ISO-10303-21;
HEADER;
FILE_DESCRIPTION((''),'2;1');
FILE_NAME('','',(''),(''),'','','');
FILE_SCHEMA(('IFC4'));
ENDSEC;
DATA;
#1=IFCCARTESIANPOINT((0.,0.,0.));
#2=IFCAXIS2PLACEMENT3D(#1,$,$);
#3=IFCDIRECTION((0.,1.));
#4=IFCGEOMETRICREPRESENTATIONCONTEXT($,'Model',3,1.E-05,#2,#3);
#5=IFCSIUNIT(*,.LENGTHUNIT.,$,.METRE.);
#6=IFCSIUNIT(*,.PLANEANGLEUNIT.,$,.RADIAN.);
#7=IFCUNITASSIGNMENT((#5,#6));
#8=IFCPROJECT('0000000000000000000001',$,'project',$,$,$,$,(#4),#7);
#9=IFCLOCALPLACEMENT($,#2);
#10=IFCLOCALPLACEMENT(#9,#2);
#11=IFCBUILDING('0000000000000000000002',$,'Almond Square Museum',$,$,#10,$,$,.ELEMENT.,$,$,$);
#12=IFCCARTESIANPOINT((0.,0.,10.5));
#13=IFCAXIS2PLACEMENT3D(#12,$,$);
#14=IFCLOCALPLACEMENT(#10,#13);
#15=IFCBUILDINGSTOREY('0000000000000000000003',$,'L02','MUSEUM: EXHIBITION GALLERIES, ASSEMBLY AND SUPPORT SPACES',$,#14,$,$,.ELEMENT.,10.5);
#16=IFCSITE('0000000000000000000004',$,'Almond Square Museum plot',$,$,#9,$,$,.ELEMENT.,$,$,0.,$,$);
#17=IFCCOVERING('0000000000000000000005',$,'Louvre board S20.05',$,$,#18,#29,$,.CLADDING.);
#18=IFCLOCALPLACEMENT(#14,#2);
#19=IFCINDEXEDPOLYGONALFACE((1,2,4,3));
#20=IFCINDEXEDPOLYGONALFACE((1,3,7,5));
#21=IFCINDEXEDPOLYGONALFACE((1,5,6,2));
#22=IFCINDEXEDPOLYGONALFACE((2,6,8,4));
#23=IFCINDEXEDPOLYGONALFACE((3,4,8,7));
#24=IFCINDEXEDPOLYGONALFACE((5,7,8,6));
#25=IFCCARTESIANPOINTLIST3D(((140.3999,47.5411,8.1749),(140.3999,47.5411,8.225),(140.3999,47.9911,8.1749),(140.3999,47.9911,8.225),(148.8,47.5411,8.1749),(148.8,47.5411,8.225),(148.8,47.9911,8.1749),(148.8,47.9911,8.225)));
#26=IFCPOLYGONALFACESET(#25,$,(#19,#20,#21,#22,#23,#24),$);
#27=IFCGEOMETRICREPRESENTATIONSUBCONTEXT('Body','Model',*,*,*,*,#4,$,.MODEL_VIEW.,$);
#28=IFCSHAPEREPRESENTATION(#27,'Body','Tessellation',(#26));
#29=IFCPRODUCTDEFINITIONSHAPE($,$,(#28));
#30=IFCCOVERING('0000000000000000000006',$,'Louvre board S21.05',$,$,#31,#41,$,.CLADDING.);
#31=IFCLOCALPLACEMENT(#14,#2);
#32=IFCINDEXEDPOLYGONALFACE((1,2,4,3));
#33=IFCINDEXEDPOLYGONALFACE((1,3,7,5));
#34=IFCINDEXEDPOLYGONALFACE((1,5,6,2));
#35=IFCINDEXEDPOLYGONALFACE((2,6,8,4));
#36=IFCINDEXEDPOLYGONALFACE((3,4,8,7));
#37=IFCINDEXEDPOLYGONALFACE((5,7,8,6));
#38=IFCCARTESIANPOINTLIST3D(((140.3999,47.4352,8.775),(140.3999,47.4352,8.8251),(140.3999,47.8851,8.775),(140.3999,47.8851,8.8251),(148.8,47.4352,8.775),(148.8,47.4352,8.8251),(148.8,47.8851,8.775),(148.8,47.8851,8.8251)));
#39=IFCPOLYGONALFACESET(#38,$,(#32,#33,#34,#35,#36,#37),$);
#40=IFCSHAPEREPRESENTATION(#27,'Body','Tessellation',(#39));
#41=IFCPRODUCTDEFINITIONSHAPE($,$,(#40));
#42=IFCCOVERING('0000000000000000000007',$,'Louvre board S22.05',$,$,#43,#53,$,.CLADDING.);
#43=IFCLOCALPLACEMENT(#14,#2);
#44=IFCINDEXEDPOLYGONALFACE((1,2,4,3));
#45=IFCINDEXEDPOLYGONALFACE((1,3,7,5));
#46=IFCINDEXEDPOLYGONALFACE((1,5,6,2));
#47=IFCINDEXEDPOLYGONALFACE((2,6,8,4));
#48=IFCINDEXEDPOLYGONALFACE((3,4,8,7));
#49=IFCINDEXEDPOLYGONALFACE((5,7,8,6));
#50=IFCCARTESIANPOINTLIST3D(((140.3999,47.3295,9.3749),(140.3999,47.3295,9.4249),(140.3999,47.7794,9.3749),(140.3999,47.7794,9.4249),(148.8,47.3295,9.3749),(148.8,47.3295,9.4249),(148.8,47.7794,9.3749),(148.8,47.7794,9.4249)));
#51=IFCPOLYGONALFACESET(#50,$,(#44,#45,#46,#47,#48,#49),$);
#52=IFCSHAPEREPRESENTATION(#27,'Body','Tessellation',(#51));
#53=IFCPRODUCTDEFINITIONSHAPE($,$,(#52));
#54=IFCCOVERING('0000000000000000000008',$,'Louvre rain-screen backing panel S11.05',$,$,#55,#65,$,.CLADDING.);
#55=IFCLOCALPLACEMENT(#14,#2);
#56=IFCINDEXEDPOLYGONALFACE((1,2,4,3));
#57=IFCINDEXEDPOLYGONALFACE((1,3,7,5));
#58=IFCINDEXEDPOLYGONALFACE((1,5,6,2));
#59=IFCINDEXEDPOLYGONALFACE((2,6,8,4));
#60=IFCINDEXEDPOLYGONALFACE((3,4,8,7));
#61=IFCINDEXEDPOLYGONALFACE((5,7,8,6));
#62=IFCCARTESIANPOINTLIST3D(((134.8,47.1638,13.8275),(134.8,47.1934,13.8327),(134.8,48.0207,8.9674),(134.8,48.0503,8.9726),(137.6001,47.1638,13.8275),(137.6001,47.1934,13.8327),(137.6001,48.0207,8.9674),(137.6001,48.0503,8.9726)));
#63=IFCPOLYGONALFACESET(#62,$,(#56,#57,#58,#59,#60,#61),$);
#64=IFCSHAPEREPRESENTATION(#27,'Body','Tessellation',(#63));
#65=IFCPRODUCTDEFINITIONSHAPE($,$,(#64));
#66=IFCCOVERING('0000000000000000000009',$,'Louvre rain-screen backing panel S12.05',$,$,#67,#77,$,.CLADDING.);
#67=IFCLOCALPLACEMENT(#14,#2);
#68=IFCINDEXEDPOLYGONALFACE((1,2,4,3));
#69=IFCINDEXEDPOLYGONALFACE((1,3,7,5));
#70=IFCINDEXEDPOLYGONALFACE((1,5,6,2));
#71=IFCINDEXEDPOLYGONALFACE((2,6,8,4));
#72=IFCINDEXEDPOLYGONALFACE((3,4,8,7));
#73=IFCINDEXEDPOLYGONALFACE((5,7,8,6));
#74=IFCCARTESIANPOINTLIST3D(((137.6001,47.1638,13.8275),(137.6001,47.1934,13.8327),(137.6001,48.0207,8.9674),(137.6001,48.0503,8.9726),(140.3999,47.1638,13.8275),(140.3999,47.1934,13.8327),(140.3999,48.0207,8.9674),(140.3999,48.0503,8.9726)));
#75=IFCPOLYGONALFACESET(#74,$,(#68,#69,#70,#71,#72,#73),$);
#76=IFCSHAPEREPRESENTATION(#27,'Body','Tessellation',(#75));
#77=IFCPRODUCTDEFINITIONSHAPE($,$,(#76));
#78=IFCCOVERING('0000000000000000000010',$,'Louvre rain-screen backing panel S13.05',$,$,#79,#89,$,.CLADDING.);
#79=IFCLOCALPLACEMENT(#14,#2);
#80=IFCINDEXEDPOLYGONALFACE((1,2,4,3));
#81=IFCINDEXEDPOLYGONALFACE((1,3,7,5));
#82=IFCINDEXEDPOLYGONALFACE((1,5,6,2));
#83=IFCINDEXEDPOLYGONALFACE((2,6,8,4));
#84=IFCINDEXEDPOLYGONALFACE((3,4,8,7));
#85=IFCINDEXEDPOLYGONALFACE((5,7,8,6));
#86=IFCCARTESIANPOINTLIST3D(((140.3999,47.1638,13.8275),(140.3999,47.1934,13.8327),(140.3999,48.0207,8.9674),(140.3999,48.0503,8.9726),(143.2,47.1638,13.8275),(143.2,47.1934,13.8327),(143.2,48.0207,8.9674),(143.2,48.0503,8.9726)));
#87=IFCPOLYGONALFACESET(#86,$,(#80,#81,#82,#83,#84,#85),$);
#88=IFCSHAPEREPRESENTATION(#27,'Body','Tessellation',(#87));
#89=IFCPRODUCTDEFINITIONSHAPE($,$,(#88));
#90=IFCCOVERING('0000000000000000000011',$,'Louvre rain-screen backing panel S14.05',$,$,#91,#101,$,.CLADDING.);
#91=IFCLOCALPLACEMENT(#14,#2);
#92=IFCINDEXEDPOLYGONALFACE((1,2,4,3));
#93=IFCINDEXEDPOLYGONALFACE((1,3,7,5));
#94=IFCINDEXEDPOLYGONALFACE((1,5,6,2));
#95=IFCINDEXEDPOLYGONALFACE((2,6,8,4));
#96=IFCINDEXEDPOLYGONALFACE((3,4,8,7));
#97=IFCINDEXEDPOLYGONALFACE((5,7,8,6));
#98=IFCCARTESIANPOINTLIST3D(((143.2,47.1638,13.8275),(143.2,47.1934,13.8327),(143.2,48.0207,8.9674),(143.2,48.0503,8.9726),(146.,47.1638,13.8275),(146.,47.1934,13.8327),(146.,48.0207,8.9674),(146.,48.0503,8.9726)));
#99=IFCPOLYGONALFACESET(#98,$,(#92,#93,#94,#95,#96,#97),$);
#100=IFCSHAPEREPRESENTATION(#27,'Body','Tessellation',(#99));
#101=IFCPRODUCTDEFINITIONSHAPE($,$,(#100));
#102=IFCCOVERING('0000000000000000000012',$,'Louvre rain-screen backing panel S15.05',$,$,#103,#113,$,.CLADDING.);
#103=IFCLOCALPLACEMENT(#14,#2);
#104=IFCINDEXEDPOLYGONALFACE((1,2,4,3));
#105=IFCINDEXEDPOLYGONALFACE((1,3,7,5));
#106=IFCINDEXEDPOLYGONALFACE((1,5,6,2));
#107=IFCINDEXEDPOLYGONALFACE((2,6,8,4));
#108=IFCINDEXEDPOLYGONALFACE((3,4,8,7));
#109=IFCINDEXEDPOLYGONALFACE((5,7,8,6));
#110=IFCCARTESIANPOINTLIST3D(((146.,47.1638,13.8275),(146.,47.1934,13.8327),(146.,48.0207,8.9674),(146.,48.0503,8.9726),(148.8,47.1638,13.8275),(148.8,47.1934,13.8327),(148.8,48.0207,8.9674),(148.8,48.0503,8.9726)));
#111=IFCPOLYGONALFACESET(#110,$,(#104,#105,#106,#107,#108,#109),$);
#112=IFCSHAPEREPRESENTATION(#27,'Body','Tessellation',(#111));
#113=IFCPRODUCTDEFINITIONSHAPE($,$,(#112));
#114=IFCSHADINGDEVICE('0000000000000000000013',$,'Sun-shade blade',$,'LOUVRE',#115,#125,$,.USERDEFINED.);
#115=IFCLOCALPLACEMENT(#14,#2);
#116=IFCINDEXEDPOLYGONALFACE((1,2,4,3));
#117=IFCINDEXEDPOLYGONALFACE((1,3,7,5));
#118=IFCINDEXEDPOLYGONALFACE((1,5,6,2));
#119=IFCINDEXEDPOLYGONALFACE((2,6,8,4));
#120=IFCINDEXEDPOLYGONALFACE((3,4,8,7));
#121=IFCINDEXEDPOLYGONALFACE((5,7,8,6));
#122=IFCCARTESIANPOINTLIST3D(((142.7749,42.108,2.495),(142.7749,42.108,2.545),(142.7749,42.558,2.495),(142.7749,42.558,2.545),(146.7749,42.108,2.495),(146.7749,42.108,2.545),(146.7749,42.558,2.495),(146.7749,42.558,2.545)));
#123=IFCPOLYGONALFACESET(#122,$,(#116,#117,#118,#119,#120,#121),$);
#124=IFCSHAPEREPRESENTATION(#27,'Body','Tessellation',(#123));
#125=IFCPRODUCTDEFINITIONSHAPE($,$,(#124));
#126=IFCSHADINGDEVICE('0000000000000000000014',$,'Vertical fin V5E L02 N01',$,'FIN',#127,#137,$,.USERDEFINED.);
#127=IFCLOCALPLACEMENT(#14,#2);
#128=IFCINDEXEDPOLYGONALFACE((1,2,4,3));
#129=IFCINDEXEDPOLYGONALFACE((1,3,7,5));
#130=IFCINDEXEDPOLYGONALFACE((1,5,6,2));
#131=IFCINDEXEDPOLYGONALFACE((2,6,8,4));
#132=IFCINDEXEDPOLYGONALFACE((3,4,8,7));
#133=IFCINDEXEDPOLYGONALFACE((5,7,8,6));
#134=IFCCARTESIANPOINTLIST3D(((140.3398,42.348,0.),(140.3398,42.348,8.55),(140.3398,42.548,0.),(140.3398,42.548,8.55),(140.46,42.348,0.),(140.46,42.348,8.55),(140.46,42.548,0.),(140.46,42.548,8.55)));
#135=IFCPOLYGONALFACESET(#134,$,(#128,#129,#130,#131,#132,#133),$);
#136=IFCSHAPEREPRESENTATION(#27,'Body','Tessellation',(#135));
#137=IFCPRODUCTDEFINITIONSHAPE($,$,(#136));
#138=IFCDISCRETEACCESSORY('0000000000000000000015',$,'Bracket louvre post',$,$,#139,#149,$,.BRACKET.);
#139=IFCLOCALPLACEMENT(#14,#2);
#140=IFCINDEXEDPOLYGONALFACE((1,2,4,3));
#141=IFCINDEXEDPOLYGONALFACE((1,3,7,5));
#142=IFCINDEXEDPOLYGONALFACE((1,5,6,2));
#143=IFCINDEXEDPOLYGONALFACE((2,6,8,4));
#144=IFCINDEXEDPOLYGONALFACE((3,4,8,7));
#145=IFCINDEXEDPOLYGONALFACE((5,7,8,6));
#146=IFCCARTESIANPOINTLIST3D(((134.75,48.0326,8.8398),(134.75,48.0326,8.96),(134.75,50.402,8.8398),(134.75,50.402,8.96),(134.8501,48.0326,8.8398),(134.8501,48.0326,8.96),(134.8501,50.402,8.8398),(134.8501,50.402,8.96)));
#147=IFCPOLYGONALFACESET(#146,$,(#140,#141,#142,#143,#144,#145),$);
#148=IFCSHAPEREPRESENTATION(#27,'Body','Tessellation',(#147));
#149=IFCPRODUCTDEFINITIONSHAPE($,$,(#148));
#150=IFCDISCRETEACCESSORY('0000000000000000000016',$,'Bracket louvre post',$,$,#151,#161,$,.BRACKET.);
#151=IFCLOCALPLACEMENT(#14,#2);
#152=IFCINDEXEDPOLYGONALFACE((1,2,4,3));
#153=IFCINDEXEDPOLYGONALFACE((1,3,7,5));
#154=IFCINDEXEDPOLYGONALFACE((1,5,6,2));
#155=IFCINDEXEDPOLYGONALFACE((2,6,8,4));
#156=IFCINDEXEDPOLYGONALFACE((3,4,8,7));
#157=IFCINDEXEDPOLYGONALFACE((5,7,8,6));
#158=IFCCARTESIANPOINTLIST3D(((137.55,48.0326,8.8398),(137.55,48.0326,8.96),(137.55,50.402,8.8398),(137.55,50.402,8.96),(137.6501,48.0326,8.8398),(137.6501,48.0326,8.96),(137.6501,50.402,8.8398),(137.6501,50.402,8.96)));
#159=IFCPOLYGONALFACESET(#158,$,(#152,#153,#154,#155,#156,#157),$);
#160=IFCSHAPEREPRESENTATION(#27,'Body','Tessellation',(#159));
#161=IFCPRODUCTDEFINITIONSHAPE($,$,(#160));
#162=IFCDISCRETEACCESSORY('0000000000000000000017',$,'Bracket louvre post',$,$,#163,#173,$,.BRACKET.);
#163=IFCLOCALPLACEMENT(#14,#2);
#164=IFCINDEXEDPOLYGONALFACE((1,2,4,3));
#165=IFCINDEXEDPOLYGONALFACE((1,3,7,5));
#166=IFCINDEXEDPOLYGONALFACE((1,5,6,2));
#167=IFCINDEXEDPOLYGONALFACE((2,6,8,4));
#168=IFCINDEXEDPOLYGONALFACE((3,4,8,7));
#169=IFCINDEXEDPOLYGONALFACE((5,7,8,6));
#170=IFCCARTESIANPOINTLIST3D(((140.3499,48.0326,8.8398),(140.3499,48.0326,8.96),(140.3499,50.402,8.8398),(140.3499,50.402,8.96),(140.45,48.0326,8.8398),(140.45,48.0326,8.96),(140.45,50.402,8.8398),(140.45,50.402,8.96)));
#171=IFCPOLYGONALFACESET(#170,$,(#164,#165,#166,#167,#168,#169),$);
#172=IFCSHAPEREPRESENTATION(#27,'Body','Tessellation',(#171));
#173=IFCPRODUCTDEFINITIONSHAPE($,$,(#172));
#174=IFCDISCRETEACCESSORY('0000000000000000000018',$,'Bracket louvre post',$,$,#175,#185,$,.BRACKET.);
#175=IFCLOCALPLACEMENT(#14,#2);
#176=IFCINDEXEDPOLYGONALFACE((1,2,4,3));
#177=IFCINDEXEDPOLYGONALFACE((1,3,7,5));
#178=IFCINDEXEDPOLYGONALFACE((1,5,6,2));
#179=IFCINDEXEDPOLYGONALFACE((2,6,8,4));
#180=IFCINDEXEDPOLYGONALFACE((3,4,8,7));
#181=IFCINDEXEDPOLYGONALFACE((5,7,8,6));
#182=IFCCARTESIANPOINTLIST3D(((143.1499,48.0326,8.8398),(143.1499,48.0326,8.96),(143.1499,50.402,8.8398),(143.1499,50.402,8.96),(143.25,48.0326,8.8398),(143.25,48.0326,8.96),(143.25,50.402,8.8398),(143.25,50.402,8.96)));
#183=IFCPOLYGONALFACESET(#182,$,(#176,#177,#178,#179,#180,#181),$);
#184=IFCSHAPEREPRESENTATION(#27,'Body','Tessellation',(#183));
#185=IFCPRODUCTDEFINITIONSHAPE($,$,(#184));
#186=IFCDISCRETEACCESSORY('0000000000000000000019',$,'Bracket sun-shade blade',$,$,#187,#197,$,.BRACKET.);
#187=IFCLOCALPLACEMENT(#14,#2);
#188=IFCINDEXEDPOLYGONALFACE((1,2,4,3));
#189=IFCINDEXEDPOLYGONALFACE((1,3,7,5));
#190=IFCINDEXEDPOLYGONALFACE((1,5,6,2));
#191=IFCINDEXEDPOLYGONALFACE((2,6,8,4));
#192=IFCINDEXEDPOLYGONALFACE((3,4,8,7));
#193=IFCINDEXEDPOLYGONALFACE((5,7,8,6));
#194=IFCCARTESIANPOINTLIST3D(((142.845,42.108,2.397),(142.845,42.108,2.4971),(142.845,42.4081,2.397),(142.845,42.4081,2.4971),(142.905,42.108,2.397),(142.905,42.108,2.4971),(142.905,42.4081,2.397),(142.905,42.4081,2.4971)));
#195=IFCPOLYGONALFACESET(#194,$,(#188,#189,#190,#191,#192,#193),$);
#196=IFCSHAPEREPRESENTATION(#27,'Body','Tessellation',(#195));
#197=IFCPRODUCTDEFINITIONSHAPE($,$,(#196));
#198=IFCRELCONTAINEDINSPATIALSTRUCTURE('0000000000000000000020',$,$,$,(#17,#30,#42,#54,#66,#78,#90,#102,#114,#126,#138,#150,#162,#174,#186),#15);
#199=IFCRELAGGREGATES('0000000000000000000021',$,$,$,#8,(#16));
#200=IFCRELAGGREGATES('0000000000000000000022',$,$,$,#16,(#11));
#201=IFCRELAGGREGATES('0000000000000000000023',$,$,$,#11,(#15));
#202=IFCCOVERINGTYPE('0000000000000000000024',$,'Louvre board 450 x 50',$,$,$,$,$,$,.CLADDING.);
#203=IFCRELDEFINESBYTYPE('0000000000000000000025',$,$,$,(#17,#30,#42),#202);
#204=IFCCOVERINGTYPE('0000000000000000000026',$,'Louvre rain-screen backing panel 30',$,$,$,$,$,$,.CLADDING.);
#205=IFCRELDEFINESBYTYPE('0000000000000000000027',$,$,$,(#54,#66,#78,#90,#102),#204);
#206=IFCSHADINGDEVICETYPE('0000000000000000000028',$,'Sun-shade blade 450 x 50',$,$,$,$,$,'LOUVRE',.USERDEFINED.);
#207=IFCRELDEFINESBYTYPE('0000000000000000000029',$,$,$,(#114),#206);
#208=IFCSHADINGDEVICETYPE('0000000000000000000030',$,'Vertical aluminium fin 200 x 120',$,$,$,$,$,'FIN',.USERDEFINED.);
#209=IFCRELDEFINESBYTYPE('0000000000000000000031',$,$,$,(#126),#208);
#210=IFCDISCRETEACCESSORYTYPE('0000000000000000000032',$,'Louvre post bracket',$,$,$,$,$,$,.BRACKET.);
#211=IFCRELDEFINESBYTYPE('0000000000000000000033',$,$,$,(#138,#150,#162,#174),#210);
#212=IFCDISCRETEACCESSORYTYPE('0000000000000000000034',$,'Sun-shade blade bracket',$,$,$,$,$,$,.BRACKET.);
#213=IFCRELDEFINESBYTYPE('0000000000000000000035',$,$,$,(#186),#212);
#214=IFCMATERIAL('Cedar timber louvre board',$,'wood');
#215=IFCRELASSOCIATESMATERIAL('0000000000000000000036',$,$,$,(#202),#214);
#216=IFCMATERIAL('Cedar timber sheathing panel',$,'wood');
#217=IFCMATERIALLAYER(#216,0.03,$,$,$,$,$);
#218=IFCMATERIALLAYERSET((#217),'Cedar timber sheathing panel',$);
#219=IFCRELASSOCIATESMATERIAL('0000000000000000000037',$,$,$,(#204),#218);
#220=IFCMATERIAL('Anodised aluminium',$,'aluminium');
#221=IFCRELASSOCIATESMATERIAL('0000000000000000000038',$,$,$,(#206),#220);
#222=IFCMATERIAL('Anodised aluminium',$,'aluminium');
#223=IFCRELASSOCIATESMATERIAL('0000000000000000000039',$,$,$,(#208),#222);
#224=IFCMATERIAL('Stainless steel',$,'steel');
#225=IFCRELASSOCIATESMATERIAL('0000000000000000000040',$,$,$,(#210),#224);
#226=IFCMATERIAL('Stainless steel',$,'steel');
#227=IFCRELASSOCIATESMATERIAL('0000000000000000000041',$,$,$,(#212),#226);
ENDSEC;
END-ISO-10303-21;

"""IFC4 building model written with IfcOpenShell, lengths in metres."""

from ifc_helpers import new_model, si_unit, direction, frame, origin, origin_2d, place, context, subcontext, project, spatial, polyline, rectangle, outline, extrude, material, layer, layer_set, material_profile, profile_set, type_object, element, save


model = new_model("IFC4")

# Units and contexts
model_context = context("Model", 3, precision=1e-05, world=origin(), true_north=direction((0.0, 1.0)))
body_context = subcontext(model_context, "Body", "Model", "MODEL_VIEW")
ifc_project = project(units=[si_unit("LENGTHUNIT", "METRE"), si_unit("PLANEANGLEUNIT", "RADIAN")], contexts=[model_context])

# Site, building, storey
site_placement = place(None, origin())
site = spatial("IfcSite", under=ifc_project, at=site_placement, Name="Almond Square Museum plot", CompositionType="ELEMENT", RefElevation=0.0)
building_placement = place(site_placement, origin())
building = spatial("IfcBuilding", under=site, at=building_placement, Name="Almond Square Museum", CompositionType="ELEMENT")
storey_placement = place(building_placement, frame((0.0, 0.0, 10.5)))
storey = spatial("IfcBuildingStorey", under=building, at=storey_placement, Name="L02", Description="MUSEUM: EXHIBITION GALLERIES, ASSEMBLY AND SUPPORT SPACES", CompositionType="ELEMENT", Elevation=10.5)

# Coverings
ifc_material_1 = material(Name="Cedar timber louvre board", Category="wood")
ifc_material_profile_1 = material_profile(ifc_material_1, rectangle(XDim=0.45, YDim=0.05, at=origin_2d()))
ifc_profile_set_1 = profile_set([ifc_material_profile_1], Name="Cedar timber louvre board")
covering_type_1 = type_object("IfcCoveringType", Name="Louvre board 450 x 50", PredefinedType="CLADDING", material=ifc_profile_set_1)
for number, where, z_axis, x_axis, name in (
    (1, (140.3999, 47.7661, 8.2), (1.0, 0.0, 0.0), (0.0, 1.0, 0.0), "Louvre board S20.05"),
    (2, (140.3999, 47.6602, 8.8), (1.0, 0.0, 0.0), (0.0, 1.0, 0.0), "Louvre board S21.05"),
    (3, (140.3999, 47.5544, 9.3999), (1.0, 0.0, 0.0), (0.0, 1.0, 0.0), "Louvre board S22.05"),
):
    element("IfcCovering", number, at=place(storey_placement, frame(where, z_axis=z_axis, x_axis=x_axis)), inside=storey, type_object=covering_type_1, Name=name, PredefinedType="CLADDING", context=body_context, shape_type="SweptSolid", body=[
        extrude(rectangle(XDim=0.45, YDim=0.05, at=origin_2d()), origin(), (0.0, 0.0, 1.0), 8.4001),
    ])
ifc_material_2 = material(Name="Cedar timber sheathing panel", Category="wood")
ifc_layer_1 = layer(ifc_material_2, 0.03)
ifc_layer_set_1 = layer_set([ifc_layer_1], Name="Cedar timber sheathing panel")
covering_type_2 = type_object("IfcCoveringType", Name="Louvre rain-screen backing panel 30", PredefinedType="CLADDING", material=ifc_layer_set_1)
covering_1_placement = place(storey_placement, frame((134.8, 48.0354, 8.97), z_axis=(0.0, -0.984809, -0.173641), x_axis=(1.0, 0.0, 0.0)))
element("IfcCovering", 4, at=covering_1_placement, inside=storey, type_object=covering_type_2, Name="Louvre rain-screen backing panel S11.05", PredefinedType="CLADDING", context=body_context, shape_type="SweptSolid", body=[
    extrude(outline(polyline([(0.0, 0.0), (2.8, 0.0), (2.8, 4.9351), (0.0, 4.9351), (0.0, 0.0)])), frame((0.0, 0.0, -0.0151)), (0.0, 0.0, 1.0), 0.03),
])
covering_2_placement = place(storey_placement, frame((137.6001, 48.0354, 8.97), z_axis=(0.0, -0.984809, -0.173641), x_axis=(1.0, 0.0, 0.0)))
element("IfcCovering", 5, at=covering_2_placement, inside=storey, type_object=covering_type_2, Name="Louvre rain-screen backing panel S12.05", PredefinedType="CLADDING", context=body_context, shape_type="SweptSolid", body=[
    extrude(outline(polyline([(0.0, 0.0), (2.7998, 0.0), (2.7998, 4.9351), (0.0, 4.9351), (0.0, 0.0)])), frame((0.0, 0.0, -0.0151)), (0.0, 0.0, 1.0), 0.03),
])
for number, where, z_axis, x_axis, name in (
    (6, (140.3999, 48.0354, 8.97), (0.0, -0.984809, -0.173641), (1.0, 0.0, 0.0), "Louvre rain-screen backing panel S13.05"),
    (7, (143.2, 48.0354, 8.97), (0.0, -0.984809, -0.173641), (1.0, 0.0, 0.0), "Louvre rain-screen backing panel S14.05"),
    (8, (146.0, 48.0354, 8.97), (0.0, -0.984809, -0.173641), (1.0, 0.0, 0.0), "Louvre rain-screen backing panel S15.05"),
):
    element("IfcCovering", number, at=place(storey_placement, frame(where, z_axis=z_axis, x_axis=x_axis)), inside=storey, type_object=covering_type_2, Name=name, PredefinedType="CLADDING", context=body_context, shape_type="SweptSolid", body=[
        extrude(outline(polyline([(0.0, 0.0), (2.8, 0.0), (2.8, 4.9351), (0.0, 4.9351), (0.0, 0.0)])), frame((0.0, 0.0, -0.0151)), (0.0, 0.0, 1.0), 0.03),
    ])

# Shading devices
ifc_material_3 = material(Name="Anodised aluminium", Category="aluminium")
ifc_material_profile_2 = material_profile(ifc_material_3, rectangle(XDim=0.45, YDim=0.05, at=origin_2d()))
ifc_profile_set_2 = profile_set([ifc_material_profile_2], Name="Anodised aluminium")
shading_device_type_1 = type_object("IfcShadingDeviceType", Name="Sun-shade blade 450 x 50", ElementType="LOUVRE", PredefinedType="USERDEFINED", material=ifc_profile_set_2)
shading_device_1_placement = place(storey_placement, frame((142.7749, 42.333, 2.52), z_axis=(1.0, 0.0, 0.0), x_axis=(0.0, 1.0, 0.0)))
element("IfcShadingDevice", 9, at=shading_device_1_placement, inside=storey, type_object=shading_device_type_1, Name="Sun-shade blade", ObjectType="LOUVRE", PredefinedType="USERDEFINED", context=body_context, shape_type="SweptSolid", body=[
    extrude(rectangle(XDim=0.45, YDim=0.05, at=origin_2d()), origin(), (0.0, 0.0, 1.0), 4.0),
])
ifc_material_4 = material(Name="Anodised aluminium", Category="aluminium")
ifc_material_profile_3 = material_profile(ifc_material_4, rectangle(XDim=0.2, YDim=0.1201, at=origin_2d()))
ifc_profile_set_3 = profile_set([ifc_material_profile_3], Name="Anodised aluminium")
shading_device_type_2 = type_object("IfcShadingDeviceType", Name="Vertical aluminium fin 200 x 120", ElementType="FIN", PredefinedType="USERDEFINED", material=ifc_profile_set_3)
shading_device_2_placement = place(storey_placement, frame((140.3999, 42.448, 0.0), z_axis=(0.0, 0.0, 1.0), x_axis=(0.0, 1.0, 0.0)))
element("IfcShadingDevice", 10, at=shading_device_2_placement, inside=storey, type_object=shading_device_type_2, Name="Vertical fin V5E L02 N01", ObjectType="FIN", PredefinedType="USERDEFINED", context=body_context, shape_type="SweptSolid", body=[
    extrude(rectangle(XDim=0.2, YDim=0.1201, at=origin_2d()), origin(), (0.0, 0.0, 1.0), 8.55),
])

# Discrete accessories
ifc_material_5 = material(Name="Stainless steel", Category="steel")
discrete_accessory_type_1 = type_object("IfcDiscreteAccessoryType", Name="Louvre post bracket", PredefinedType="BRACKET", material=ifc_material_5)
for number, where, z_axis, x_axis, name in (
    (11, (134.8, 49.2173, 8.8398), (0.0, 0.0, 1.0), (1.0, 0.0, 0.0), "Bracket louvre post"),
    (12, (137.6001, 49.2173, 8.8398), (0.0, 0.0, 1.0), (1.0, 0.0, 0.0), "Bracket louvre post"),
    (13, (140.3999, 49.2173, 8.8398), (0.0, 0.0, 1.0), (1.0, 0.0, 0.0), "Bracket louvre post"),
    (14, (143.2, 49.2173, 8.8398), (0.0, 0.0, 1.0), (1.0, 0.0, 0.0), "Bracket louvre post"),
):
    element("IfcDiscreteAccessory", number, at=place(storey_placement, frame(where, z_axis=z_axis, x_axis=x_axis)), inside=storey, type_object=discrete_accessory_type_1, Name=name, PredefinedType="BRACKET", context=body_context, shape_type="SweptSolid", body=[
        extrude(rectangle(XDim=0.1001, YDim=2.3694, at=origin_2d()), origin(), (0.0, 0.0, 1.0), 0.1201),
    ])
ifc_material_6 = material(Name="Stainless steel", Category="steel")
discrete_accessory_type_2 = type_object("IfcDiscreteAccessoryType", Name="Sun-shade blade bracket", PredefinedType="BRACKET", material=ifc_material_6)
for number, where, z_axis, x_axis, name in (
    (15, (142.875, 42.2581, 2.397), (0.0, 0.0, 1.0), (1.0, 0.0, 0.0), "Bracket sun-shade blade"),
):
    element("IfcDiscreteAccessory", number, at=place(storey_placement, frame(where, z_axis=z_axis, x_axis=x_axis)), inside=storey, type_object=discrete_accessory_type_2, Name=name, PredefinedType="BRACKET", context=body_context, shape_type="SweptSolid", body=[
        extrude(rectangle(XDim=0.0601, YDim=0.3, at=origin_2d()), origin(), (0.0, 0.0, 1.0), 0.1001),
    ])

save(model, "model.ifc")
